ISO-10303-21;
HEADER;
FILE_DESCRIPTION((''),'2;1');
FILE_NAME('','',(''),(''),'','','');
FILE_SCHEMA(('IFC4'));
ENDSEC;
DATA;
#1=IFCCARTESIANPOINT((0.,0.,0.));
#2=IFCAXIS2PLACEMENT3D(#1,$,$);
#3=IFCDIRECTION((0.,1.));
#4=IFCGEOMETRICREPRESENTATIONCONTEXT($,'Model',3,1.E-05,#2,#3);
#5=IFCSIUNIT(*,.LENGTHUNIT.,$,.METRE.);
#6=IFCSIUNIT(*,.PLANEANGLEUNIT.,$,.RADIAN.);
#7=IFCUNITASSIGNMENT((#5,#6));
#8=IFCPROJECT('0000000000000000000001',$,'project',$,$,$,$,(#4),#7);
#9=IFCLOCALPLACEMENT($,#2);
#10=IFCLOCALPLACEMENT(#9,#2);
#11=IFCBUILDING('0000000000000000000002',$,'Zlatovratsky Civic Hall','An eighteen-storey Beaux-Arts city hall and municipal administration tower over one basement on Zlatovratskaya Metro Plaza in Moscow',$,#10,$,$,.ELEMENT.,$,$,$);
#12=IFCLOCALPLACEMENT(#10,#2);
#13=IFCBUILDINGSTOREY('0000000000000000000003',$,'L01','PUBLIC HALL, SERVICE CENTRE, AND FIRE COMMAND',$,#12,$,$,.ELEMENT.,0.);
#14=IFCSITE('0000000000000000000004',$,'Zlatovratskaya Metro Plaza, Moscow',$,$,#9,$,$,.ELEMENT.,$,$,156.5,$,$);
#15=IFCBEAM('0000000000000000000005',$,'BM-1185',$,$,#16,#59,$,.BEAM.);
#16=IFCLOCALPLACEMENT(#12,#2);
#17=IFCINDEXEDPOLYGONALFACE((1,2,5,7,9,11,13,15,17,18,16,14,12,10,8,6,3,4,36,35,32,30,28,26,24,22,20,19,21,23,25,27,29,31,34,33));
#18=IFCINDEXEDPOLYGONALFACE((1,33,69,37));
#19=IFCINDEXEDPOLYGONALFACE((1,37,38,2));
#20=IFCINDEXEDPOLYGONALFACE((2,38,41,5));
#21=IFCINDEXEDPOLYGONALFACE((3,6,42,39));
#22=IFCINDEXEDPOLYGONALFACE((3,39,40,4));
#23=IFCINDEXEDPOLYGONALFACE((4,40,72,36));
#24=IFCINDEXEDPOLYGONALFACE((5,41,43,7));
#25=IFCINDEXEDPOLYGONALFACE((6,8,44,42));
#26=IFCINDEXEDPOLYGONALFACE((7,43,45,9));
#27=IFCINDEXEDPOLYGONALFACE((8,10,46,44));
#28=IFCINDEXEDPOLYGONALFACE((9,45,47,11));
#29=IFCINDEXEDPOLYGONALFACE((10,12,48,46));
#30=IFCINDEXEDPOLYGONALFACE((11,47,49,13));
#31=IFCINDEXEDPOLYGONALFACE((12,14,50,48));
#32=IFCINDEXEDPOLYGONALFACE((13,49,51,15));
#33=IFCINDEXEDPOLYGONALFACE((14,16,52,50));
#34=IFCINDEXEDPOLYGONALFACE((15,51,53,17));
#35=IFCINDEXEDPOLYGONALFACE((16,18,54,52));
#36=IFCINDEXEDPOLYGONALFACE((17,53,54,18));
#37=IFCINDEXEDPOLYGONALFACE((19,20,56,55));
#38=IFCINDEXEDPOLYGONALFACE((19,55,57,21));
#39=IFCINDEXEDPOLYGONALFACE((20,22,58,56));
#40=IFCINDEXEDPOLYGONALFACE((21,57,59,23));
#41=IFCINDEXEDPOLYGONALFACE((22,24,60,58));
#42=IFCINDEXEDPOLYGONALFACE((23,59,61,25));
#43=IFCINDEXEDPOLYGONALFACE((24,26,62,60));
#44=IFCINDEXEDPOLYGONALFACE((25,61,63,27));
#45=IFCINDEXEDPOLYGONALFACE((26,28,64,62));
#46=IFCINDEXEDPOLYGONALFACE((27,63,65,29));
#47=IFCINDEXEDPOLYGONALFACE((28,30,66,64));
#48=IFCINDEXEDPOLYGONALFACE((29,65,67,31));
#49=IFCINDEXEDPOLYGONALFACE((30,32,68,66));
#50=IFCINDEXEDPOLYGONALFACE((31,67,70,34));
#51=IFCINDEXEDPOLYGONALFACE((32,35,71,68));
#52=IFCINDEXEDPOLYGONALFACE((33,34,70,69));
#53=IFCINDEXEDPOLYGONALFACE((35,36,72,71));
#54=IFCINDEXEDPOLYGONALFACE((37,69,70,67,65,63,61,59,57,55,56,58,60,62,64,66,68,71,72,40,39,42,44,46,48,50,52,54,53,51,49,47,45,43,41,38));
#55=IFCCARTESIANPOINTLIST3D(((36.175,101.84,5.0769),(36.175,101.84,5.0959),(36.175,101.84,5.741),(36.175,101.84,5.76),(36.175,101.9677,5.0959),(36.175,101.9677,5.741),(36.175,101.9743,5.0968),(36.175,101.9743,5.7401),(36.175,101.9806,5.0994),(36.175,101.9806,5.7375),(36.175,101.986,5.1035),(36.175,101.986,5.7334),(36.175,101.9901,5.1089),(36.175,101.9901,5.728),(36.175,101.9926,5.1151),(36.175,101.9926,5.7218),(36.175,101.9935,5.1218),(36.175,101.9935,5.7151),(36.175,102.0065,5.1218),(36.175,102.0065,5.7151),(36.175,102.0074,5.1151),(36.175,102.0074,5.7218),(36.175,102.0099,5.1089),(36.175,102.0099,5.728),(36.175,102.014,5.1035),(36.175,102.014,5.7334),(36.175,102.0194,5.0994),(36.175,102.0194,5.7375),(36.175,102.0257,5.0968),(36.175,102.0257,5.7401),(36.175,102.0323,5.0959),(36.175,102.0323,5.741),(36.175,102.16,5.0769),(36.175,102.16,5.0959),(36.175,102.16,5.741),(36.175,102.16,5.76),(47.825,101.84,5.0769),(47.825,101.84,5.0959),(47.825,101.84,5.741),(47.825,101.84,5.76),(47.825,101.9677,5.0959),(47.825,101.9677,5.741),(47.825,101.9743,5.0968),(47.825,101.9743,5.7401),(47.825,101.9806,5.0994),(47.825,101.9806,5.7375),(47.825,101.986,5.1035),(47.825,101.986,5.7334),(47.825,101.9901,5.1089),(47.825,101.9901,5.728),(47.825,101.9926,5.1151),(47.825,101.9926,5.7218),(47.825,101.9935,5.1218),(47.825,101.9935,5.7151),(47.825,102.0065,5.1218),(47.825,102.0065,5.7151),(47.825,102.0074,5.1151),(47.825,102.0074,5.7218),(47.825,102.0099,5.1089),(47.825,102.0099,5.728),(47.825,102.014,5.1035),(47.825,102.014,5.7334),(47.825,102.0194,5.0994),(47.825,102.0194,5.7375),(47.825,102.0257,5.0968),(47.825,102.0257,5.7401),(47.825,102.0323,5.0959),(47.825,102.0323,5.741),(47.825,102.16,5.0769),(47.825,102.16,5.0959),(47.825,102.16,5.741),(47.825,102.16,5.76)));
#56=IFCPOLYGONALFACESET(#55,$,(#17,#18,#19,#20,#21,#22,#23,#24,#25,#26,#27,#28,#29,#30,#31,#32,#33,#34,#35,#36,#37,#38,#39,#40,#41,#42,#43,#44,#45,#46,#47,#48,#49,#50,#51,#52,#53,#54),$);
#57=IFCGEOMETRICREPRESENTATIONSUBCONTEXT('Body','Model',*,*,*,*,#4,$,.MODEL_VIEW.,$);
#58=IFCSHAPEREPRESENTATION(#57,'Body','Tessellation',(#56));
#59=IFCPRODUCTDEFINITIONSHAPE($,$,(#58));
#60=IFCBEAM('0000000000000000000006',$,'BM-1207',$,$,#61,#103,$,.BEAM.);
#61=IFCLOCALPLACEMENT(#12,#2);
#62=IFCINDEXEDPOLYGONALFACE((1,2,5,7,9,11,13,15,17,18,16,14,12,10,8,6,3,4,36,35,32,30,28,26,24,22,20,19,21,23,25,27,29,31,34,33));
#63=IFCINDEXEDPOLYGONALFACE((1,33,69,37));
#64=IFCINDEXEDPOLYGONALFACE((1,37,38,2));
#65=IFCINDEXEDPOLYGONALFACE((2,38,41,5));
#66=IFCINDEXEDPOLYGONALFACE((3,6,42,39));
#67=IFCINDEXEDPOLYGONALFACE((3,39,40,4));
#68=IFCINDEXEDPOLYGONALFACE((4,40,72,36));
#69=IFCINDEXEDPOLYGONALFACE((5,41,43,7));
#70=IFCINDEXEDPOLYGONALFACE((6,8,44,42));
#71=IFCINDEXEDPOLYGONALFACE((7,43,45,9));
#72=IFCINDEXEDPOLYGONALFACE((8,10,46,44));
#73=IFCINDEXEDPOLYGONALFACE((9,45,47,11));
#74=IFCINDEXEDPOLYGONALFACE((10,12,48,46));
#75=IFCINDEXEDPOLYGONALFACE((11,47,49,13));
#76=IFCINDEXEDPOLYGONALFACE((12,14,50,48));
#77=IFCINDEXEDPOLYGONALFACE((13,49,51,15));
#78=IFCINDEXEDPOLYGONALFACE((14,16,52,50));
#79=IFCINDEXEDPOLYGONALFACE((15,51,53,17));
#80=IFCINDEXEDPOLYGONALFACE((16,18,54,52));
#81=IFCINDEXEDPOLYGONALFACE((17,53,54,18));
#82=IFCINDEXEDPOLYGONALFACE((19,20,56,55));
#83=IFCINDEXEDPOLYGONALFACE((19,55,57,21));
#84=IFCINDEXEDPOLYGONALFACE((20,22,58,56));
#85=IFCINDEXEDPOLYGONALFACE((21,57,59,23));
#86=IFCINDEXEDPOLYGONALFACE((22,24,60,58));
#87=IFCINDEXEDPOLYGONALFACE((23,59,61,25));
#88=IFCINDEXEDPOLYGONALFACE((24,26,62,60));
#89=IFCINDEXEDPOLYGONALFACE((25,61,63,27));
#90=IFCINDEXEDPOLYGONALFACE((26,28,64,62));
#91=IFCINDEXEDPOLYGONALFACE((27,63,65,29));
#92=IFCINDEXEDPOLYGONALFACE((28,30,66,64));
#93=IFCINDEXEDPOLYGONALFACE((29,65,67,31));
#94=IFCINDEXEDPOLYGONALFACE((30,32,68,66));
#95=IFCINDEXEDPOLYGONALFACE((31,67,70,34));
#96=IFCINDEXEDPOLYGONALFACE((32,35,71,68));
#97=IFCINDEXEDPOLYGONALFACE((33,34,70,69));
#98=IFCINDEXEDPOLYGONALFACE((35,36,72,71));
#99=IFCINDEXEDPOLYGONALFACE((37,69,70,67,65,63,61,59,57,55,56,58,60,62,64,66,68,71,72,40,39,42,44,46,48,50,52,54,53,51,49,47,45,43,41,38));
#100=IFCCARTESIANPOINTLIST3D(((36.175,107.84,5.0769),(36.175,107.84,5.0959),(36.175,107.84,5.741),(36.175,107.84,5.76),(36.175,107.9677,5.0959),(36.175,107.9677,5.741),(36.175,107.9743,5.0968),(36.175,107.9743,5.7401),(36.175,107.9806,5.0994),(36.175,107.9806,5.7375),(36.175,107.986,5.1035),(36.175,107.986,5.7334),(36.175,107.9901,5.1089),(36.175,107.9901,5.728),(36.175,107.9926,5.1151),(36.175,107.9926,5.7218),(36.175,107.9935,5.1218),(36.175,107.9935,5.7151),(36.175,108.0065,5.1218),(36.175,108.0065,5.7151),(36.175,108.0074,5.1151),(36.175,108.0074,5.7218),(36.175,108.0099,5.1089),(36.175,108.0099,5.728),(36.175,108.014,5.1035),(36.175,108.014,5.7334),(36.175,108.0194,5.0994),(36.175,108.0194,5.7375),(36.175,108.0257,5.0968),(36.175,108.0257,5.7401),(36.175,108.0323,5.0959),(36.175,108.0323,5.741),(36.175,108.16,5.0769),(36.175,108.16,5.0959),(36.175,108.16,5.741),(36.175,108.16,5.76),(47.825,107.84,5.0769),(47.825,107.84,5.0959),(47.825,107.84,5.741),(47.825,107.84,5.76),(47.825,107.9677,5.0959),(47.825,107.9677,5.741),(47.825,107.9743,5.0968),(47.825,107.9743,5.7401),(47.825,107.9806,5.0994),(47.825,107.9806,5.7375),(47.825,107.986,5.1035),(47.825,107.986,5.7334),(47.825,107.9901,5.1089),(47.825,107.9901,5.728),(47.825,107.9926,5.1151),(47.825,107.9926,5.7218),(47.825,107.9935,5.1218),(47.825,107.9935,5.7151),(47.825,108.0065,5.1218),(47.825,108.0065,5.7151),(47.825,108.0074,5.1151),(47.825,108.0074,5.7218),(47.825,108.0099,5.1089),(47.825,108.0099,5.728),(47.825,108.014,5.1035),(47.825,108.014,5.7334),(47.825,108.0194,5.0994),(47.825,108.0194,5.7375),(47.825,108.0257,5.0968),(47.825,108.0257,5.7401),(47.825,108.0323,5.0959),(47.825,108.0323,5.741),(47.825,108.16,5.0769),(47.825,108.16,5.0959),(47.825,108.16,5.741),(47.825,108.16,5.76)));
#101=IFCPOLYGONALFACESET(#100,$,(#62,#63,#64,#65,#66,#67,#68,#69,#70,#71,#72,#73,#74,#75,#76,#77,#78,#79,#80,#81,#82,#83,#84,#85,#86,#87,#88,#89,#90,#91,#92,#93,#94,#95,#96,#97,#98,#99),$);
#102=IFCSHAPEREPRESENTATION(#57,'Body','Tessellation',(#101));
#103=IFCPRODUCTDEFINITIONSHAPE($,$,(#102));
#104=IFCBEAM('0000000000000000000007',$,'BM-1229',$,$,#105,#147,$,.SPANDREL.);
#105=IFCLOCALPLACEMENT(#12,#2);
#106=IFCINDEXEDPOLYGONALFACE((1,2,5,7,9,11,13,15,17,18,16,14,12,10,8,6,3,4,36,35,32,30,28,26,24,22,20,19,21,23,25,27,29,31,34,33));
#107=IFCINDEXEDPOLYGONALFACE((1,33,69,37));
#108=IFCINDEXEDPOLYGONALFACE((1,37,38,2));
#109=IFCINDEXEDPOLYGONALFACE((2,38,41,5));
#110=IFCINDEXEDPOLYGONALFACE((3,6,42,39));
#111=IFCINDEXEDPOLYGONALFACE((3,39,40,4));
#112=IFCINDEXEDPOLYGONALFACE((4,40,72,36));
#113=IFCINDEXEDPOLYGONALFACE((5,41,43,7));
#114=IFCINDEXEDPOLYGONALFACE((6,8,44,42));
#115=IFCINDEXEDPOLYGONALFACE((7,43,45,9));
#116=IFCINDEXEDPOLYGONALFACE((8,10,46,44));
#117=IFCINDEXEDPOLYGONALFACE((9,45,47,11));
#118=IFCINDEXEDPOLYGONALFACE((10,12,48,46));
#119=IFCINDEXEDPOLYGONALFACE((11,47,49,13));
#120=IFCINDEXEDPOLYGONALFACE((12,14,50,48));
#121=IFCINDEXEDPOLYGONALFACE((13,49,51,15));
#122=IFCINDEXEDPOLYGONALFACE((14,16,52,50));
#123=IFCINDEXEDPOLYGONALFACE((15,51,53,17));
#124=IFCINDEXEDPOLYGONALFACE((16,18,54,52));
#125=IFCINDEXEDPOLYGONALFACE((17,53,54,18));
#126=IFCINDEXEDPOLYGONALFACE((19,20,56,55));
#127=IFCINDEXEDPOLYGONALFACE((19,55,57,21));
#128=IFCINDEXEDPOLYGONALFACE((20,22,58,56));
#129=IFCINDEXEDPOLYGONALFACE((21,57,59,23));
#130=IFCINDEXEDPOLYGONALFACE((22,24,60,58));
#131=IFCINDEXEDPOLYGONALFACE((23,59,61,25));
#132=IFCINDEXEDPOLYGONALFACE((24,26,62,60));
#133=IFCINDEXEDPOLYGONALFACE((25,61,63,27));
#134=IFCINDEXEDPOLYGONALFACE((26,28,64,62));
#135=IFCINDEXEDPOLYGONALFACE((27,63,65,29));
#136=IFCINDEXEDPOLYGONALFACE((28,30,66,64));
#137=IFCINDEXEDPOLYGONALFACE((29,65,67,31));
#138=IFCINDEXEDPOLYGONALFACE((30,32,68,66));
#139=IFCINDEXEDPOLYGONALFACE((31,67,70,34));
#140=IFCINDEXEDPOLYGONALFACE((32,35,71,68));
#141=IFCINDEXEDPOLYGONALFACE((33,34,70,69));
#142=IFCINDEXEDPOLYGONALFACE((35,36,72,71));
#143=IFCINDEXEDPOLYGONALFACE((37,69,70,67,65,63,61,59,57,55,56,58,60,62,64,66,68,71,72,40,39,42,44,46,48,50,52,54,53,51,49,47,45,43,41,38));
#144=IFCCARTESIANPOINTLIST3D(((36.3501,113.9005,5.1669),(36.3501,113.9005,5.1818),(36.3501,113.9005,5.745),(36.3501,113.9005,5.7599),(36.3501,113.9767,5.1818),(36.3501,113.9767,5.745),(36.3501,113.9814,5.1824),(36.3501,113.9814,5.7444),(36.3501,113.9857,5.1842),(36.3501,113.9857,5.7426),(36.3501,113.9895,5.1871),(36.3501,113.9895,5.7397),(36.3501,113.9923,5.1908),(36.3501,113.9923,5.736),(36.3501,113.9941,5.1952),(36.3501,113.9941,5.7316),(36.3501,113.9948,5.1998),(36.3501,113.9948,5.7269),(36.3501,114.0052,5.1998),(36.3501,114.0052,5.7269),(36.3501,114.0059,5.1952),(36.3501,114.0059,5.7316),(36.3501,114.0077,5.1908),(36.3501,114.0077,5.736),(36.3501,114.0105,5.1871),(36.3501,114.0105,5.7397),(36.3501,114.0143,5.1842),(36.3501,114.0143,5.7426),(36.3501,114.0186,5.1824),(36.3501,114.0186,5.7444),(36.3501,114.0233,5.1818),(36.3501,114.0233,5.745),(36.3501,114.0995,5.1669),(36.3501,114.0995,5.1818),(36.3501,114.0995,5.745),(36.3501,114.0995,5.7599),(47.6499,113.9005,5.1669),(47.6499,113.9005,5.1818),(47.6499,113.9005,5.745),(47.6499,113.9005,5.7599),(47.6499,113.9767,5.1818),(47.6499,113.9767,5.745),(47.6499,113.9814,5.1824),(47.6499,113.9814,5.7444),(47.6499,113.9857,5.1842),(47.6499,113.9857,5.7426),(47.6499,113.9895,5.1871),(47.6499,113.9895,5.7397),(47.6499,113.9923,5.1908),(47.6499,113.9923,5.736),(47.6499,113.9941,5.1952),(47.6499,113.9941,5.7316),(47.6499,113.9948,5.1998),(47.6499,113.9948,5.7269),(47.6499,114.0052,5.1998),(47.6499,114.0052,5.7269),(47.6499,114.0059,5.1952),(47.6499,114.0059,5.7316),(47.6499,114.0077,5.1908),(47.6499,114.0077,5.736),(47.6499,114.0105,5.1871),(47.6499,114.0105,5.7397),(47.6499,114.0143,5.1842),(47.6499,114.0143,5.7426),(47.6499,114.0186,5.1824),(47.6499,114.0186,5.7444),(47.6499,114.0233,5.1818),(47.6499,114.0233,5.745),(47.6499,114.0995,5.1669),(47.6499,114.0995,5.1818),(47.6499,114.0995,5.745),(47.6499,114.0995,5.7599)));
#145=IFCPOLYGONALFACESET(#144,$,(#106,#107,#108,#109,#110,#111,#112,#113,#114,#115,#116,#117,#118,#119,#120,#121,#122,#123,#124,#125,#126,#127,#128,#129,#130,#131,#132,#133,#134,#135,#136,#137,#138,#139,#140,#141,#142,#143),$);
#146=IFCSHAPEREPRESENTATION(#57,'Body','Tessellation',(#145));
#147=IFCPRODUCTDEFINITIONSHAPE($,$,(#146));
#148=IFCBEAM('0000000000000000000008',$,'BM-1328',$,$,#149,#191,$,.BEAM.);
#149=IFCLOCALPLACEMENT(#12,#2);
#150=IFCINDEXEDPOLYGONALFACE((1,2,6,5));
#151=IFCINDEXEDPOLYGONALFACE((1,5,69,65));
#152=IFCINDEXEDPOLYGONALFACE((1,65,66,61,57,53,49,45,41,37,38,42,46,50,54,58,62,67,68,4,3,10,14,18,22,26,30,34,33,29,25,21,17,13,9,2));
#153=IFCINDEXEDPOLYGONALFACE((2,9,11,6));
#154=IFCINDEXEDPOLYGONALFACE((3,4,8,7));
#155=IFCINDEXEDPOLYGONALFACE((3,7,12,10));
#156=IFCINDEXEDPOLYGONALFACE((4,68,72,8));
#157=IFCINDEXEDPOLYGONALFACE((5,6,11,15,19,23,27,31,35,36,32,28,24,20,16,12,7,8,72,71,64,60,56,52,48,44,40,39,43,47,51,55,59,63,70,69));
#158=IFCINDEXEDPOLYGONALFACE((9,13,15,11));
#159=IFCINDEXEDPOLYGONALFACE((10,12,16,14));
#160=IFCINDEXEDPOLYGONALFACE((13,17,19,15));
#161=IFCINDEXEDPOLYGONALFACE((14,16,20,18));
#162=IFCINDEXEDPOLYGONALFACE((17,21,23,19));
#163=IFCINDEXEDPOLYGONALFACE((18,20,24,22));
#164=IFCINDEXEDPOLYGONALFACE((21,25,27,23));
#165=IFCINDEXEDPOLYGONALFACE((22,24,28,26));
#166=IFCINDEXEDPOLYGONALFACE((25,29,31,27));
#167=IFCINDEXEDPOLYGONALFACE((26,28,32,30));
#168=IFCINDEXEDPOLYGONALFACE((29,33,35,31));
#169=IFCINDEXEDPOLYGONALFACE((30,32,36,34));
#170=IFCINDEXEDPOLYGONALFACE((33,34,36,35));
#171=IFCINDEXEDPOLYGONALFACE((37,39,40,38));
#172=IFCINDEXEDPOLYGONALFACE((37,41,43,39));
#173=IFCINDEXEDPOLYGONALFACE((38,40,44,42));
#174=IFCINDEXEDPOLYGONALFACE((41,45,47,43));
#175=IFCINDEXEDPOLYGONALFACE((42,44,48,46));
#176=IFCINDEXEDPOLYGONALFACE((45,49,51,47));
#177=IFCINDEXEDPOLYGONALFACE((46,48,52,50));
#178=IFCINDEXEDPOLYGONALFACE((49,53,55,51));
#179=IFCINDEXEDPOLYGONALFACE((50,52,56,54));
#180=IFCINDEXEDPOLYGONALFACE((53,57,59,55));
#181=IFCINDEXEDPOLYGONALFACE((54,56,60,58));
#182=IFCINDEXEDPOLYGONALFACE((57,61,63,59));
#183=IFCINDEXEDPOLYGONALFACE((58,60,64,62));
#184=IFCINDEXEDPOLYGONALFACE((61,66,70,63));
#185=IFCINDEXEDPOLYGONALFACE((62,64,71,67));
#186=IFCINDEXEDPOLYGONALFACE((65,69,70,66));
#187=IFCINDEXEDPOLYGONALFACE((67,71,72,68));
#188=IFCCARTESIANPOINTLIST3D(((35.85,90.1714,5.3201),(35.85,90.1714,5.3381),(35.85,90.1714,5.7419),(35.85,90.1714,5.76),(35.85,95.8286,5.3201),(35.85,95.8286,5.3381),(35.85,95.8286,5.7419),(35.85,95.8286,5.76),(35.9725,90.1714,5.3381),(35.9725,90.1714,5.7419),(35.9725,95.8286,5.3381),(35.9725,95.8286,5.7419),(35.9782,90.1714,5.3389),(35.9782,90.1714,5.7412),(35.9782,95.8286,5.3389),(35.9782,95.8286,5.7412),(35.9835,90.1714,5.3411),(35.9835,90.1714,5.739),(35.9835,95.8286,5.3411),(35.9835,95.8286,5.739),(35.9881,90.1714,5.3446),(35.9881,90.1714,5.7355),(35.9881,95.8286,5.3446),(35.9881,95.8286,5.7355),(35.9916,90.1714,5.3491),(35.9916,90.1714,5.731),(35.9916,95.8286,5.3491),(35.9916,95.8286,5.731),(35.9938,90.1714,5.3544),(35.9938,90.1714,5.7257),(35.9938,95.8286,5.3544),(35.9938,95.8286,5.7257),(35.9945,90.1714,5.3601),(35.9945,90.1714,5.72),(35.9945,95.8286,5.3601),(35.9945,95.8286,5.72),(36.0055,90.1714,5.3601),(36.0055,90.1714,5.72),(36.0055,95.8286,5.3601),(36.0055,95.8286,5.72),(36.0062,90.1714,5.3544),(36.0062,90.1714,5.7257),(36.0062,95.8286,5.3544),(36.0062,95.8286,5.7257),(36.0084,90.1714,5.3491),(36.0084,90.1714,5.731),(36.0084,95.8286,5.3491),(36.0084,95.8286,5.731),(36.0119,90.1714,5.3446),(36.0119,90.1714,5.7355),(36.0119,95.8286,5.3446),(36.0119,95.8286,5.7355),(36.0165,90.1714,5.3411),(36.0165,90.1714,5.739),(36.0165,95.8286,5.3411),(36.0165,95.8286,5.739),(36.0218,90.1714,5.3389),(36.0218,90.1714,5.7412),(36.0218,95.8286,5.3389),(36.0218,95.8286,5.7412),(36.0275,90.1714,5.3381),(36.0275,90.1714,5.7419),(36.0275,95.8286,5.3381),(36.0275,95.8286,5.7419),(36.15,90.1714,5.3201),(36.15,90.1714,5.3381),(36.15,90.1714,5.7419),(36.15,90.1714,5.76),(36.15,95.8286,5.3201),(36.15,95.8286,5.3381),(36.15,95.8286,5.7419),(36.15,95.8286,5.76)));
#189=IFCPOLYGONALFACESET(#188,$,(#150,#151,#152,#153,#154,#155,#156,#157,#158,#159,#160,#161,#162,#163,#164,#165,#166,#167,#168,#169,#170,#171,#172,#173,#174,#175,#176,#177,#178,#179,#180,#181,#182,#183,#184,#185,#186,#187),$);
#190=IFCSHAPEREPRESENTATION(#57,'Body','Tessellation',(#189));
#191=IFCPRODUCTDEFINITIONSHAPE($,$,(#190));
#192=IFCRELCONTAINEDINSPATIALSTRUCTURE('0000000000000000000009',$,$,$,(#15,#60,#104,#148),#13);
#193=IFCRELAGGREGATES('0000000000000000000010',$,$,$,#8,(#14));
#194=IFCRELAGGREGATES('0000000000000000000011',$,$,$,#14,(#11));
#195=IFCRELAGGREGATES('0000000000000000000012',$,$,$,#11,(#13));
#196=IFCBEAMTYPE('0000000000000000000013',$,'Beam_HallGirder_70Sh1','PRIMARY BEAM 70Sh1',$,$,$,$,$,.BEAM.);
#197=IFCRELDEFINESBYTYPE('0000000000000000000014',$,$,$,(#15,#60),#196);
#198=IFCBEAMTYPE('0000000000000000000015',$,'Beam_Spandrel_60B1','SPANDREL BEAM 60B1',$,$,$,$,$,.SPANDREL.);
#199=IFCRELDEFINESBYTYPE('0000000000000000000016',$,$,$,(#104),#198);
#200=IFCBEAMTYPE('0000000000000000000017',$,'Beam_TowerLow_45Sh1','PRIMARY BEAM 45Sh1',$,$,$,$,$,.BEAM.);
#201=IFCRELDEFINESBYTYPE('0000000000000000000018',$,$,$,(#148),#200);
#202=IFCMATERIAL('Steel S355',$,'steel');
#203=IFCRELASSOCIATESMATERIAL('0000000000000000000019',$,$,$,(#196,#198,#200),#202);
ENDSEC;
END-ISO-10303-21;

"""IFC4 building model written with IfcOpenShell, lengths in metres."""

from ifc_helpers import new_model, si_unit, direction, frame, origin, origin_2d, place, context, subcontext, project, spatial, i_section, extrude, material, material_profile, profile_set, type_object, element, save


model = new_model("IFC4")

# Units and contexts
model_context = context("Model", 3, precision=1e-05, world=origin(), true_north=direction((0.0, 1.0)))
body_context = subcontext(model_context, "Body", "Model", "MODEL_VIEW")
ifc_project = project(units=[si_unit("LENGTHUNIT", "METRE"), si_unit("PLANEANGLEUNIT", "RADIAN")], contexts=[model_context])

# Site, building, storey
site_placement = place(None, origin())
site = spatial("IfcSite", under=ifc_project, at=site_placement, Name="Zlatovratskaya Metro Plaza, Moscow", CompositionType="ELEMENT", RefElevation=156.5)
building_placement = place(site_placement, origin())
building = spatial("IfcBuilding", under=site, at=building_placement, Name="Zlatovratsky Civic Hall", Description="An eighteen-storey Beaux-Arts city hall and municipal administration tower over one basement on Zlatovratskaya Metro Plaza in Moscow", CompositionType="ELEMENT")
storey_placement = place(building_placement, origin())
storey = spatial("IfcBuildingStorey", under=building, at=storey_placement, Name="L01", Description="PUBLIC HALL, SERVICE CENTRE, AND FIRE COMMAND", CompositionType="ELEMENT", Elevation=0.0)

# Shared definitions
ifc_material_1 = material(Name="Steel S355", Category="steel")

# Beams
ifc_material_profile_1 = material_profile(ifc_material_1, i_section(OverallWidth=0.3201, OverallDepth=0.6831, WebThickness=0.0129, FlangeThickness=0.019, FilletRadius=0.0259, at=origin_2d()), Name="70Sh1")
ifc_profile_set_1 = profile_set([ifc_material_profile_1], Name="Steel S355")
beam_type_1 = type_object("IfcBeamType", Name="Beam_HallGirder_70Sh1", Description="PRIMARY BEAM 70Sh1", PredefinedType="BEAM", material=ifc_profile_set_1)
for number, where, z_axis, x_axis, name in (
    (1, (36.175, 102.0, 5.4185), (1.0, 0.0, 0.0), (0.0, 1.0, 0.0), "BM-1185"),
    (2, (36.175, 108.0, 5.4185), (1.0, 0.0, 0.0), (0.0, 1.0, 0.0), "BM-1207"),
):
    element("IfcBeam", number, at=place(storey_placement, frame(where, z_axis=z_axis, x_axis=x_axis)), inside=storey, type_object=beam_type_1, Name=name, PredefinedType="BEAM", context=body_context, shape_type="SweptSolid", body=[
        extrude(i_section(OverallWidth=0.3201, OverallDepth=0.6831, WebThickness=0.0129, FlangeThickness=0.019, FilletRadius=0.0259, at=origin_2d()), origin(), (0.0, 0.0, 1.0), 11.6499),
    ])
ifc_material_profile_2 = material_profile(ifc_material_1, i_section(OverallWidth=0.199, OverallDepth=0.593, WebThickness=0.0105, FlangeThickness=0.0149, FilletRadius=0.0181, at=origin_2d()), Name="60B1")
ifc_profile_set_2 = profile_set([ifc_material_profile_2], Name="Steel S355")
beam_type_2 = type_object("IfcBeamType", Name="Beam_Spandrel_60B1", Description="SPANDREL BEAM 60B1", PredefinedType="SPANDREL", material=ifc_profile_set_2)
beam_1_placement = place(storey_placement, frame((36.3501, 114.0, 5.4634), z_axis=(1.0, 0.0, 0.0), x_axis=(0.0, 1.0, 0.0)))
element("IfcBeam", 3, at=beam_1_placement, inside=storey, type_object=beam_type_2, Name="BM-1229", PredefinedType="SPANDREL", context=body_context, shape_type="SweptSolid", body=[
    extrude(i_section(OverallWidth=0.199, OverallDepth=0.593, WebThickness=0.0105, FlangeThickness=0.0149, FilletRadius=0.0181, at=origin_2d()), origin(), (0.0, 0.0, 1.0), 11.2998),
])
ifc_material_profile_3 = material_profile(ifc_material_1, i_section(OverallWidth=0.3, OverallDepth=0.4399, WebThickness=0.011, FlangeThickness=0.0181, FilletRadius=0.022, at=origin_2d()), Name="45Sh1")
ifc_profile_set_3 = profile_set([ifc_material_profile_3], Name="Steel S355")
beam_type_3 = type_object("IfcBeamType", Name="Beam_TowerLow_45Sh1", Description="PRIMARY BEAM 45Sh1", PredefinedType="BEAM", material=ifc_profile_set_3)
for number, where, z_axis, x_axis, name in (
    (4, (36.0, 90.1714, 5.54), (0.0, 1.0, 0.0), (-1.0, 0.0, 0.0), "BM-1328"),
):
    element("IfcBeam", number, at=place(storey_placement, frame(where, z_axis=z_axis, x_axis=x_axis)), inside=storey, type_object=beam_type_3, Name=name, PredefinedType="BEAM", context=body_context, shape_type="SweptSolid", body=[
        extrude(i_section(OverallWidth=0.3, OverallDepth=0.4399, WebThickness=0.011, FlangeThickness=0.0181, FilletRadius=0.022, at=origin_2d()), origin(), (0.0, 0.0, 1.0), 5.6572),
    ])

save(model, "model.ifc")
